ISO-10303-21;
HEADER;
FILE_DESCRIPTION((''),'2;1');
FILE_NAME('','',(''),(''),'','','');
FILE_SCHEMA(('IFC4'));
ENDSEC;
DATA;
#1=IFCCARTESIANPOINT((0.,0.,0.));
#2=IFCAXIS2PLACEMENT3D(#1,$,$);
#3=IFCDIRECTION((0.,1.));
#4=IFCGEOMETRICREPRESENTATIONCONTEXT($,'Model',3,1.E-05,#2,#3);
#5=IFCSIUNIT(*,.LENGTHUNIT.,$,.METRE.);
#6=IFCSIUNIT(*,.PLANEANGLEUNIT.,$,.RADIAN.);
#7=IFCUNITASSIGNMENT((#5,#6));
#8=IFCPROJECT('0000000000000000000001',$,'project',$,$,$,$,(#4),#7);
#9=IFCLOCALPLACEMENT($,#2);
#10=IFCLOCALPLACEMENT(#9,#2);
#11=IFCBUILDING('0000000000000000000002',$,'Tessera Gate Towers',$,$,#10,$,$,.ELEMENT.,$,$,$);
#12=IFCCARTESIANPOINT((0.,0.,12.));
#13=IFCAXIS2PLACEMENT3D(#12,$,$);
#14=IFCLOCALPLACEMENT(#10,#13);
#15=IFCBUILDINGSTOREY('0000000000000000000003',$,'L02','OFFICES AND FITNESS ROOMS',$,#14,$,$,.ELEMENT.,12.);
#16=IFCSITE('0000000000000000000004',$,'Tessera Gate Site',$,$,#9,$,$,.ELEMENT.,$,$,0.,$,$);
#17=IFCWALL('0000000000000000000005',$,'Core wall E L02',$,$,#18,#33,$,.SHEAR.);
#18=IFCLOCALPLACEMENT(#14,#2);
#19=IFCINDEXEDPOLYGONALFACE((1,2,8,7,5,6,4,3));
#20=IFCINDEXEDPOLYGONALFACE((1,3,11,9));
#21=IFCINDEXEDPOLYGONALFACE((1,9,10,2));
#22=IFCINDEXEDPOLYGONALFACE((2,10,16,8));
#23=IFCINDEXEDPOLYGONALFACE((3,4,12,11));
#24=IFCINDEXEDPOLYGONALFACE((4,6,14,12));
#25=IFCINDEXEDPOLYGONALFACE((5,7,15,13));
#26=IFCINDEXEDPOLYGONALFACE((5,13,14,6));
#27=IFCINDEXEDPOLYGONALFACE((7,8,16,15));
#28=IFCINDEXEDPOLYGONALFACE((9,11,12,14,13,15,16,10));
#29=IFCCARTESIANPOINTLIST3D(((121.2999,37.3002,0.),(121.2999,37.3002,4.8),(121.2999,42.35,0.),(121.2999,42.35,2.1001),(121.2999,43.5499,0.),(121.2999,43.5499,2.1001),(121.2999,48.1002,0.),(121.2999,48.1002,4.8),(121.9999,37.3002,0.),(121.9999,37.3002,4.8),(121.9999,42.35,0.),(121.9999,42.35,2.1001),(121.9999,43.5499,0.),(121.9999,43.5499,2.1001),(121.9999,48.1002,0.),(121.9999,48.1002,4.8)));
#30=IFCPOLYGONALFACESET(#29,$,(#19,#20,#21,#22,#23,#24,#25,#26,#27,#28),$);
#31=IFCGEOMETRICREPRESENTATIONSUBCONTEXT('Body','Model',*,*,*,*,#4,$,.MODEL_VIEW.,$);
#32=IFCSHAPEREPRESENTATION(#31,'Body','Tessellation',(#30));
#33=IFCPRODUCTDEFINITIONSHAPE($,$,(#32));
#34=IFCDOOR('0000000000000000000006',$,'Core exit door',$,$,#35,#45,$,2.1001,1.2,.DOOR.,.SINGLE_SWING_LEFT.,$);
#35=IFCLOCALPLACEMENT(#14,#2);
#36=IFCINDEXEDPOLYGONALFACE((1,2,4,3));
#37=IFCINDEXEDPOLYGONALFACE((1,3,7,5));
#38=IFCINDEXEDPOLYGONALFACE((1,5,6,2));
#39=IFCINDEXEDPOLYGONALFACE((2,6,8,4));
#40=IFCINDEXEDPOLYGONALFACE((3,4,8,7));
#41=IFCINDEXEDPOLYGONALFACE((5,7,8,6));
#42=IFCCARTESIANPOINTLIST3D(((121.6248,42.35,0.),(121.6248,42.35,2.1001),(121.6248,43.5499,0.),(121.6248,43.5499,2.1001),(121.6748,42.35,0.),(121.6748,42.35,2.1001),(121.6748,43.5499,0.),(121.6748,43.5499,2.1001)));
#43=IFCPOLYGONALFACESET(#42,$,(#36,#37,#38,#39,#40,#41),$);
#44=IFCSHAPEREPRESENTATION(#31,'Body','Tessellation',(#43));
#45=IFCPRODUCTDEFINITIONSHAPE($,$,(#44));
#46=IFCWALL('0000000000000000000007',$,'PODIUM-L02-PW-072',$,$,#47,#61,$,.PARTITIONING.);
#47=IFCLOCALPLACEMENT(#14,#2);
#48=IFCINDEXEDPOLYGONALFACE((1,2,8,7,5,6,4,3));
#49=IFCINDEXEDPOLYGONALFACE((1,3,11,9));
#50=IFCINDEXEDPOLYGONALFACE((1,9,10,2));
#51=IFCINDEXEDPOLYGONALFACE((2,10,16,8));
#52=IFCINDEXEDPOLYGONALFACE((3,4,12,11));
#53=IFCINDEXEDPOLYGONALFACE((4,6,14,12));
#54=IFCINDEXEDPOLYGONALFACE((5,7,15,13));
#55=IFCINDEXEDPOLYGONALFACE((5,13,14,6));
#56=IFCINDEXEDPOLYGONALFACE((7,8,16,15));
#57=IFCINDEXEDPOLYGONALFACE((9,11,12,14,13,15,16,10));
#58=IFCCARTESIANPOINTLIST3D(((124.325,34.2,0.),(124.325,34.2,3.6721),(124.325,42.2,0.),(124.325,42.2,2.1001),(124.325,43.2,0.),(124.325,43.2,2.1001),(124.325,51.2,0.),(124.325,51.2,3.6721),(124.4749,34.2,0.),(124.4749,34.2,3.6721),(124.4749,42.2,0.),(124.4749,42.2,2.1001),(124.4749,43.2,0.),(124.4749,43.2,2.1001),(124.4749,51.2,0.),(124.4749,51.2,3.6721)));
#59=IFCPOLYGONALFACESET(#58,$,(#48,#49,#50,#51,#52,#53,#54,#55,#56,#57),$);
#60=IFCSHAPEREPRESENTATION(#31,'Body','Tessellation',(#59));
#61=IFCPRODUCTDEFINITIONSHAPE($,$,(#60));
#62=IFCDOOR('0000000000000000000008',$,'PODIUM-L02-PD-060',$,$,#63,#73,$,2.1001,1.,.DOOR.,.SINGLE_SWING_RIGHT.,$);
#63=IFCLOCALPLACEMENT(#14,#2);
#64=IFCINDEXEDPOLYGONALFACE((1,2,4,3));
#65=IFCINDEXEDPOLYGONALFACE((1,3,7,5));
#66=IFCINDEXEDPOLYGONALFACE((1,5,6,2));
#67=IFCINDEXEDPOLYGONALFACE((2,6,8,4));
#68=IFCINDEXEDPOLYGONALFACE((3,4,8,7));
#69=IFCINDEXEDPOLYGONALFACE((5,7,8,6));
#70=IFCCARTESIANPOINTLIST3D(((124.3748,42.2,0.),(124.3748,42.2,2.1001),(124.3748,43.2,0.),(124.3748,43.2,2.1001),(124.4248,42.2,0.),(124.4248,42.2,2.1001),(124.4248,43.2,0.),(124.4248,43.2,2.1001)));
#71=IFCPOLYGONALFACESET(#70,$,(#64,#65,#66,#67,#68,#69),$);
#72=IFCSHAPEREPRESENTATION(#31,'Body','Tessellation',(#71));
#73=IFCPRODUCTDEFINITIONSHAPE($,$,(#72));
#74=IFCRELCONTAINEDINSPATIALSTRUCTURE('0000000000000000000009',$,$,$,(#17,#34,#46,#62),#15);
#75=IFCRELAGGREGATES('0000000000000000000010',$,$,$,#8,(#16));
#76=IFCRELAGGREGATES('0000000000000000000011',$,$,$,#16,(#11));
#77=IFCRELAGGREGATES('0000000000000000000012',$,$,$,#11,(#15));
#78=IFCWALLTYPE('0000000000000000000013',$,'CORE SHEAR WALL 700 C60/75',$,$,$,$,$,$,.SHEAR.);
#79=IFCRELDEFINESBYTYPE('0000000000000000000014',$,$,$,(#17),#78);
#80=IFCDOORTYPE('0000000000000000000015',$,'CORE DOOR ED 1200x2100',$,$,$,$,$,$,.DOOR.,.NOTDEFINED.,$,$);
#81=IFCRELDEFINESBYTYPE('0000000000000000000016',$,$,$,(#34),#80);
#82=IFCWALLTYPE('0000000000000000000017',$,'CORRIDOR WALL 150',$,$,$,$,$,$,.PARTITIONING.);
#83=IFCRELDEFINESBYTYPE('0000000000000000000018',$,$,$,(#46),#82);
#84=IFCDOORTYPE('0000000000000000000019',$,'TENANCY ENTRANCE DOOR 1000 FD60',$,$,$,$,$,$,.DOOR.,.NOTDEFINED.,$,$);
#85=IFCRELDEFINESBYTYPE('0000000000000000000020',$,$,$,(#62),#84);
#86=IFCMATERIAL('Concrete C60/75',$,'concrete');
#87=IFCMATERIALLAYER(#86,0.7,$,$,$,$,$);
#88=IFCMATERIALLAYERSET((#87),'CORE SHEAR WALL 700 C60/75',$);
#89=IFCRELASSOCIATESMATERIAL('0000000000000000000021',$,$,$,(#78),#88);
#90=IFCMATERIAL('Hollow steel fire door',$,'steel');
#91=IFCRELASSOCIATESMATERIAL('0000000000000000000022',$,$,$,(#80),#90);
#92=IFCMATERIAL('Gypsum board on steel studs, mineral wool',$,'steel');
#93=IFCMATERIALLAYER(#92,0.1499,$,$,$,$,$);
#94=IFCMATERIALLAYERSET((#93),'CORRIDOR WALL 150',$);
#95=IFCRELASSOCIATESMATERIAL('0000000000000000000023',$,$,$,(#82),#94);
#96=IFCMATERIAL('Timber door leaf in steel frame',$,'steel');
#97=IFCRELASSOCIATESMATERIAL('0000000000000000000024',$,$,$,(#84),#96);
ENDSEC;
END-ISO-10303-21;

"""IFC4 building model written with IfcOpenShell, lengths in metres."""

from ifc_helpers import new_model, si_unit, direction, frame, frame_2d, origin, place, context, subcontext, project, spatial, rectangle, extrude, source, transform, mapped, material, layer, layer_set, type_object, element, fill, save


model = new_model("IFC4")

# Units and contexts
model_context = context("Model", 3, precision=1e-05, world=origin(), true_north=direction((0.0, 1.0)))
body_context = subcontext(model_context, "Body", "Model", "MODEL_VIEW")
ifc_project = project(units=[si_unit("LENGTHUNIT", "METRE"), si_unit("PLANEANGLEUNIT", "RADIAN")], contexts=[model_context])

# Site, building, storey
site_placement = place(None, origin())
site = spatial("IfcSite", under=ifc_project, at=site_placement, Name="Tessera Gate Site", CompositionType="ELEMENT", RefElevation=0.0)
building_placement = place(site_placement, origin())
building = spatial("IfcBuilding", under=site, at=building_placement, Name="Tessera Gate Towers", CompositionType="ELEMENT")
storey_placement = place(building_placement, frame((0.0, 0.0, 12.0)))
storey = spatial("IfcBuildingStorey", under=building, at=storey_placement, Name="L02", Description="OFFICES AND FITNESS ROOMS", CompositionType="ELEMENT", Elevation=12.0)

# Walls, openings, doors
ifc_material_1 = material(Name="Concrete C60/75", Category="concrete")
ifc_layer_1 = layer(ifc_material_1, 0.7)
ifc_layer_set_1 = layer_set([ifc_layer_1], Name="CORE SHEAR WALL 700 C60/75")
wall_type_1 = type_object("IfcWallType", Name="CORE SHEAR WALL 700 C60/75", PredefinedType="SHEAR", material=ifc_layer_set_1)
wall_1_placement = place(storey_placement, frame((121.6499, 48.1001, 0.0), z_axis=(0.0, 0.0, 1.0), x_axis=(0.0, -1.0, 0.0)))
wall_1 = element("IfcWall", 1, at=wall_1_placement, inside=storey, type_object=wall_type_1, Name="Core wall E L02", PredefinedType="SHEAR", context=body_context, shape_type="SweptSolid", body=[
    extrude(rectangle(XDim=10.8, YDim=0.7, at=frame_2d((5.3999, 0.0))), origin(), (0.0, 0.0, 1.0), 4.8),
])
shared_shape_1 = source(origin(), body_context, "Body", "SweptSolid", [
    extrude(rectangle(XDim=1.2, YDim=2.1001, at=frame_2d((0.6001, 1.05))), frame((0.0, 0.3599, 0.0), z_axis=(0.0, -1.0, 0.0), x_axis=(1.0, 0.0, 0.0)), (0.0, 0.0, 1.0), 0.72),
])
opening_1_placement = place(wall_1_placement, frame((4.55, 0.0, 0.0)))
opening_1 = element("IfcOpeningElement", 2, at=opening_1_placement, cuts=wall_1, PredefinedType="OPENING", context=body_context, shape_type="MappedRepresentation", body=[
    mapped(shared_shape_1, transform((0.0, 0.0, 0.0), scale=1.0)),
])
ifc_material_2 = material(Name="Hollow steel fire door", Category="steel")
door_type_1 = type_object("IfcDoorType", Name="CORE DOOR ED 1200x2100", OperationType="NOTDEFINED", PredefinedType="DOOR", material=ifc_material_2)
shared_shape_2 = source(origin(), body_context, "Body", "SweptSolid", [
    extrude(rectangle(XDim=1.2, YDim=2.1001, at=frame_2d((0.6001, 1.05))), frame((0.0, 0.0249, 0.0), z_axis=(0.0, -1.0, 0.0), x_axis=(1.0, 0.0, 0.0)), (0.0, 0.0, 1.0), 0.05),
])
door_1_placement = place(opening_1_placement, origin())
door_1 = element("IfcDoor", 3, at=door_1_placement, inside=storey, type_object=door_type_1, Name="Core exit door", OperationType="SINGLE_SWING_LEFT", OverallHeight=2.1001, OverallWidth=1.2, PredefinedType="DOOR", context=body_context, shape_type="MappedRepresentation", body=[
    mapped(shared_shape_2, transform((0.0, 0.0, 0.0), scale=1.0)),
])
fill(opening_1, door_1)
ifc_material_3 = material(Name="Gypsum board on steel studs, mineral wool", Category="steel")
ifc_layer_2 = layer(ifc_material_3, 0.1499)
ifc_layer_set_2 = layer_set([ifc_layer_2], Name="CORRIDOR WALL 150")
wall_type_2 = type_object("IfcWallType", Name="CORRIDOR WALL 150", PredefinedType="PARTITIONING", material=ifc_layer_set_2)
wall_2_placement = place(storey_placement, frame((124.3999, 51.2, 0.0), z_axis=(0.0, 0.0, 1.0), x_axis=(0.0, -1.0, 0.0)))
wall_2 = element("IfcWall", 4, at=wall_2_placement, inside=storey, type_object=wall_type_2, Name="PODIUM-L02-PW-072", PredefinedType="PARTITIONING", context=body_context, shape_type="SweptSolid", body=[
    extrude(rectangle(XDim=17.0, YDim=0.1499, at=frame_2d((8.5, 0.0))), origin(), (0.0, 0.0, 1.0), 3.6721),
])
shared_shape_3 = source(origin(), body_context, "Body", "SweptSolid", [
    extrude(rectangle(XDim=1.0, YDim=2.1001, at=frame_2d((0.5, 1.05))), frame((0.0, 0.085, 0.0), z_axis=(0.0, -1.0, 0.0), x_axis=(1.0, 0.0, 0.0)), (0.0, 0.0, 1.0), 0.1699),
])
opening_2_placement = place(wall_2_placement, frame((8.0, 0.0, 0.0)))
opening_2 = element("IfcOpeningElement", 5, at=opening_2_placement, cuts=wall_2, PredefinedType="OPENING", context=body_context, shape_type="MappedRepresentation", body=[
    mapped(shared_shape_3, transform((0.0, 0.0, 0.0), scale=1.0)),
])
ifc_material_4 = material(Name="Timber door leaf in steel frame", Category="steel")
door_type_2 = type_object("IfcDoorType", Name="TENANCY ENTRANCE DOOR 1000 FD60", OperationType="NOTDEFINED", PredefinedType="DOOR", material=ifc_material_4)
shared_shape_4 = source(origin(), body_context, "Body", "SweptSolid", [
    extrude(rectangle(XDim=1.0, YDim=2.1001, at=frame_2d((0.5, 1.05))), frame((0.0, 0.0249, 0.0), z_axis=(0.0, -1.0, 0.0), x_axis=(1.0, 0.0, 0.0)), (0.0, 0.0, 1.0), 0.05),
])
door_2_placement = place(opening_2_placement, origin())
door_2 = element("IfcDoor", 6, at=door_2_placement, inside=storey, type_object=door_type_2, Name="PODIUM-L02-PD-060", OperationType="SINGLE_SWING_RIGHT", OverallHeight=2.1001, OverallWidth=1.0, PredefinedType="DOOR", context=body_context, shape_type="MappedRepresentation", body=[
    mapped(shared_shape_4, transform((0.0, 0.0, 0.0), scale=1.0)),
])
fill(opening_2, door_2)

save(model, "model.ifc")
